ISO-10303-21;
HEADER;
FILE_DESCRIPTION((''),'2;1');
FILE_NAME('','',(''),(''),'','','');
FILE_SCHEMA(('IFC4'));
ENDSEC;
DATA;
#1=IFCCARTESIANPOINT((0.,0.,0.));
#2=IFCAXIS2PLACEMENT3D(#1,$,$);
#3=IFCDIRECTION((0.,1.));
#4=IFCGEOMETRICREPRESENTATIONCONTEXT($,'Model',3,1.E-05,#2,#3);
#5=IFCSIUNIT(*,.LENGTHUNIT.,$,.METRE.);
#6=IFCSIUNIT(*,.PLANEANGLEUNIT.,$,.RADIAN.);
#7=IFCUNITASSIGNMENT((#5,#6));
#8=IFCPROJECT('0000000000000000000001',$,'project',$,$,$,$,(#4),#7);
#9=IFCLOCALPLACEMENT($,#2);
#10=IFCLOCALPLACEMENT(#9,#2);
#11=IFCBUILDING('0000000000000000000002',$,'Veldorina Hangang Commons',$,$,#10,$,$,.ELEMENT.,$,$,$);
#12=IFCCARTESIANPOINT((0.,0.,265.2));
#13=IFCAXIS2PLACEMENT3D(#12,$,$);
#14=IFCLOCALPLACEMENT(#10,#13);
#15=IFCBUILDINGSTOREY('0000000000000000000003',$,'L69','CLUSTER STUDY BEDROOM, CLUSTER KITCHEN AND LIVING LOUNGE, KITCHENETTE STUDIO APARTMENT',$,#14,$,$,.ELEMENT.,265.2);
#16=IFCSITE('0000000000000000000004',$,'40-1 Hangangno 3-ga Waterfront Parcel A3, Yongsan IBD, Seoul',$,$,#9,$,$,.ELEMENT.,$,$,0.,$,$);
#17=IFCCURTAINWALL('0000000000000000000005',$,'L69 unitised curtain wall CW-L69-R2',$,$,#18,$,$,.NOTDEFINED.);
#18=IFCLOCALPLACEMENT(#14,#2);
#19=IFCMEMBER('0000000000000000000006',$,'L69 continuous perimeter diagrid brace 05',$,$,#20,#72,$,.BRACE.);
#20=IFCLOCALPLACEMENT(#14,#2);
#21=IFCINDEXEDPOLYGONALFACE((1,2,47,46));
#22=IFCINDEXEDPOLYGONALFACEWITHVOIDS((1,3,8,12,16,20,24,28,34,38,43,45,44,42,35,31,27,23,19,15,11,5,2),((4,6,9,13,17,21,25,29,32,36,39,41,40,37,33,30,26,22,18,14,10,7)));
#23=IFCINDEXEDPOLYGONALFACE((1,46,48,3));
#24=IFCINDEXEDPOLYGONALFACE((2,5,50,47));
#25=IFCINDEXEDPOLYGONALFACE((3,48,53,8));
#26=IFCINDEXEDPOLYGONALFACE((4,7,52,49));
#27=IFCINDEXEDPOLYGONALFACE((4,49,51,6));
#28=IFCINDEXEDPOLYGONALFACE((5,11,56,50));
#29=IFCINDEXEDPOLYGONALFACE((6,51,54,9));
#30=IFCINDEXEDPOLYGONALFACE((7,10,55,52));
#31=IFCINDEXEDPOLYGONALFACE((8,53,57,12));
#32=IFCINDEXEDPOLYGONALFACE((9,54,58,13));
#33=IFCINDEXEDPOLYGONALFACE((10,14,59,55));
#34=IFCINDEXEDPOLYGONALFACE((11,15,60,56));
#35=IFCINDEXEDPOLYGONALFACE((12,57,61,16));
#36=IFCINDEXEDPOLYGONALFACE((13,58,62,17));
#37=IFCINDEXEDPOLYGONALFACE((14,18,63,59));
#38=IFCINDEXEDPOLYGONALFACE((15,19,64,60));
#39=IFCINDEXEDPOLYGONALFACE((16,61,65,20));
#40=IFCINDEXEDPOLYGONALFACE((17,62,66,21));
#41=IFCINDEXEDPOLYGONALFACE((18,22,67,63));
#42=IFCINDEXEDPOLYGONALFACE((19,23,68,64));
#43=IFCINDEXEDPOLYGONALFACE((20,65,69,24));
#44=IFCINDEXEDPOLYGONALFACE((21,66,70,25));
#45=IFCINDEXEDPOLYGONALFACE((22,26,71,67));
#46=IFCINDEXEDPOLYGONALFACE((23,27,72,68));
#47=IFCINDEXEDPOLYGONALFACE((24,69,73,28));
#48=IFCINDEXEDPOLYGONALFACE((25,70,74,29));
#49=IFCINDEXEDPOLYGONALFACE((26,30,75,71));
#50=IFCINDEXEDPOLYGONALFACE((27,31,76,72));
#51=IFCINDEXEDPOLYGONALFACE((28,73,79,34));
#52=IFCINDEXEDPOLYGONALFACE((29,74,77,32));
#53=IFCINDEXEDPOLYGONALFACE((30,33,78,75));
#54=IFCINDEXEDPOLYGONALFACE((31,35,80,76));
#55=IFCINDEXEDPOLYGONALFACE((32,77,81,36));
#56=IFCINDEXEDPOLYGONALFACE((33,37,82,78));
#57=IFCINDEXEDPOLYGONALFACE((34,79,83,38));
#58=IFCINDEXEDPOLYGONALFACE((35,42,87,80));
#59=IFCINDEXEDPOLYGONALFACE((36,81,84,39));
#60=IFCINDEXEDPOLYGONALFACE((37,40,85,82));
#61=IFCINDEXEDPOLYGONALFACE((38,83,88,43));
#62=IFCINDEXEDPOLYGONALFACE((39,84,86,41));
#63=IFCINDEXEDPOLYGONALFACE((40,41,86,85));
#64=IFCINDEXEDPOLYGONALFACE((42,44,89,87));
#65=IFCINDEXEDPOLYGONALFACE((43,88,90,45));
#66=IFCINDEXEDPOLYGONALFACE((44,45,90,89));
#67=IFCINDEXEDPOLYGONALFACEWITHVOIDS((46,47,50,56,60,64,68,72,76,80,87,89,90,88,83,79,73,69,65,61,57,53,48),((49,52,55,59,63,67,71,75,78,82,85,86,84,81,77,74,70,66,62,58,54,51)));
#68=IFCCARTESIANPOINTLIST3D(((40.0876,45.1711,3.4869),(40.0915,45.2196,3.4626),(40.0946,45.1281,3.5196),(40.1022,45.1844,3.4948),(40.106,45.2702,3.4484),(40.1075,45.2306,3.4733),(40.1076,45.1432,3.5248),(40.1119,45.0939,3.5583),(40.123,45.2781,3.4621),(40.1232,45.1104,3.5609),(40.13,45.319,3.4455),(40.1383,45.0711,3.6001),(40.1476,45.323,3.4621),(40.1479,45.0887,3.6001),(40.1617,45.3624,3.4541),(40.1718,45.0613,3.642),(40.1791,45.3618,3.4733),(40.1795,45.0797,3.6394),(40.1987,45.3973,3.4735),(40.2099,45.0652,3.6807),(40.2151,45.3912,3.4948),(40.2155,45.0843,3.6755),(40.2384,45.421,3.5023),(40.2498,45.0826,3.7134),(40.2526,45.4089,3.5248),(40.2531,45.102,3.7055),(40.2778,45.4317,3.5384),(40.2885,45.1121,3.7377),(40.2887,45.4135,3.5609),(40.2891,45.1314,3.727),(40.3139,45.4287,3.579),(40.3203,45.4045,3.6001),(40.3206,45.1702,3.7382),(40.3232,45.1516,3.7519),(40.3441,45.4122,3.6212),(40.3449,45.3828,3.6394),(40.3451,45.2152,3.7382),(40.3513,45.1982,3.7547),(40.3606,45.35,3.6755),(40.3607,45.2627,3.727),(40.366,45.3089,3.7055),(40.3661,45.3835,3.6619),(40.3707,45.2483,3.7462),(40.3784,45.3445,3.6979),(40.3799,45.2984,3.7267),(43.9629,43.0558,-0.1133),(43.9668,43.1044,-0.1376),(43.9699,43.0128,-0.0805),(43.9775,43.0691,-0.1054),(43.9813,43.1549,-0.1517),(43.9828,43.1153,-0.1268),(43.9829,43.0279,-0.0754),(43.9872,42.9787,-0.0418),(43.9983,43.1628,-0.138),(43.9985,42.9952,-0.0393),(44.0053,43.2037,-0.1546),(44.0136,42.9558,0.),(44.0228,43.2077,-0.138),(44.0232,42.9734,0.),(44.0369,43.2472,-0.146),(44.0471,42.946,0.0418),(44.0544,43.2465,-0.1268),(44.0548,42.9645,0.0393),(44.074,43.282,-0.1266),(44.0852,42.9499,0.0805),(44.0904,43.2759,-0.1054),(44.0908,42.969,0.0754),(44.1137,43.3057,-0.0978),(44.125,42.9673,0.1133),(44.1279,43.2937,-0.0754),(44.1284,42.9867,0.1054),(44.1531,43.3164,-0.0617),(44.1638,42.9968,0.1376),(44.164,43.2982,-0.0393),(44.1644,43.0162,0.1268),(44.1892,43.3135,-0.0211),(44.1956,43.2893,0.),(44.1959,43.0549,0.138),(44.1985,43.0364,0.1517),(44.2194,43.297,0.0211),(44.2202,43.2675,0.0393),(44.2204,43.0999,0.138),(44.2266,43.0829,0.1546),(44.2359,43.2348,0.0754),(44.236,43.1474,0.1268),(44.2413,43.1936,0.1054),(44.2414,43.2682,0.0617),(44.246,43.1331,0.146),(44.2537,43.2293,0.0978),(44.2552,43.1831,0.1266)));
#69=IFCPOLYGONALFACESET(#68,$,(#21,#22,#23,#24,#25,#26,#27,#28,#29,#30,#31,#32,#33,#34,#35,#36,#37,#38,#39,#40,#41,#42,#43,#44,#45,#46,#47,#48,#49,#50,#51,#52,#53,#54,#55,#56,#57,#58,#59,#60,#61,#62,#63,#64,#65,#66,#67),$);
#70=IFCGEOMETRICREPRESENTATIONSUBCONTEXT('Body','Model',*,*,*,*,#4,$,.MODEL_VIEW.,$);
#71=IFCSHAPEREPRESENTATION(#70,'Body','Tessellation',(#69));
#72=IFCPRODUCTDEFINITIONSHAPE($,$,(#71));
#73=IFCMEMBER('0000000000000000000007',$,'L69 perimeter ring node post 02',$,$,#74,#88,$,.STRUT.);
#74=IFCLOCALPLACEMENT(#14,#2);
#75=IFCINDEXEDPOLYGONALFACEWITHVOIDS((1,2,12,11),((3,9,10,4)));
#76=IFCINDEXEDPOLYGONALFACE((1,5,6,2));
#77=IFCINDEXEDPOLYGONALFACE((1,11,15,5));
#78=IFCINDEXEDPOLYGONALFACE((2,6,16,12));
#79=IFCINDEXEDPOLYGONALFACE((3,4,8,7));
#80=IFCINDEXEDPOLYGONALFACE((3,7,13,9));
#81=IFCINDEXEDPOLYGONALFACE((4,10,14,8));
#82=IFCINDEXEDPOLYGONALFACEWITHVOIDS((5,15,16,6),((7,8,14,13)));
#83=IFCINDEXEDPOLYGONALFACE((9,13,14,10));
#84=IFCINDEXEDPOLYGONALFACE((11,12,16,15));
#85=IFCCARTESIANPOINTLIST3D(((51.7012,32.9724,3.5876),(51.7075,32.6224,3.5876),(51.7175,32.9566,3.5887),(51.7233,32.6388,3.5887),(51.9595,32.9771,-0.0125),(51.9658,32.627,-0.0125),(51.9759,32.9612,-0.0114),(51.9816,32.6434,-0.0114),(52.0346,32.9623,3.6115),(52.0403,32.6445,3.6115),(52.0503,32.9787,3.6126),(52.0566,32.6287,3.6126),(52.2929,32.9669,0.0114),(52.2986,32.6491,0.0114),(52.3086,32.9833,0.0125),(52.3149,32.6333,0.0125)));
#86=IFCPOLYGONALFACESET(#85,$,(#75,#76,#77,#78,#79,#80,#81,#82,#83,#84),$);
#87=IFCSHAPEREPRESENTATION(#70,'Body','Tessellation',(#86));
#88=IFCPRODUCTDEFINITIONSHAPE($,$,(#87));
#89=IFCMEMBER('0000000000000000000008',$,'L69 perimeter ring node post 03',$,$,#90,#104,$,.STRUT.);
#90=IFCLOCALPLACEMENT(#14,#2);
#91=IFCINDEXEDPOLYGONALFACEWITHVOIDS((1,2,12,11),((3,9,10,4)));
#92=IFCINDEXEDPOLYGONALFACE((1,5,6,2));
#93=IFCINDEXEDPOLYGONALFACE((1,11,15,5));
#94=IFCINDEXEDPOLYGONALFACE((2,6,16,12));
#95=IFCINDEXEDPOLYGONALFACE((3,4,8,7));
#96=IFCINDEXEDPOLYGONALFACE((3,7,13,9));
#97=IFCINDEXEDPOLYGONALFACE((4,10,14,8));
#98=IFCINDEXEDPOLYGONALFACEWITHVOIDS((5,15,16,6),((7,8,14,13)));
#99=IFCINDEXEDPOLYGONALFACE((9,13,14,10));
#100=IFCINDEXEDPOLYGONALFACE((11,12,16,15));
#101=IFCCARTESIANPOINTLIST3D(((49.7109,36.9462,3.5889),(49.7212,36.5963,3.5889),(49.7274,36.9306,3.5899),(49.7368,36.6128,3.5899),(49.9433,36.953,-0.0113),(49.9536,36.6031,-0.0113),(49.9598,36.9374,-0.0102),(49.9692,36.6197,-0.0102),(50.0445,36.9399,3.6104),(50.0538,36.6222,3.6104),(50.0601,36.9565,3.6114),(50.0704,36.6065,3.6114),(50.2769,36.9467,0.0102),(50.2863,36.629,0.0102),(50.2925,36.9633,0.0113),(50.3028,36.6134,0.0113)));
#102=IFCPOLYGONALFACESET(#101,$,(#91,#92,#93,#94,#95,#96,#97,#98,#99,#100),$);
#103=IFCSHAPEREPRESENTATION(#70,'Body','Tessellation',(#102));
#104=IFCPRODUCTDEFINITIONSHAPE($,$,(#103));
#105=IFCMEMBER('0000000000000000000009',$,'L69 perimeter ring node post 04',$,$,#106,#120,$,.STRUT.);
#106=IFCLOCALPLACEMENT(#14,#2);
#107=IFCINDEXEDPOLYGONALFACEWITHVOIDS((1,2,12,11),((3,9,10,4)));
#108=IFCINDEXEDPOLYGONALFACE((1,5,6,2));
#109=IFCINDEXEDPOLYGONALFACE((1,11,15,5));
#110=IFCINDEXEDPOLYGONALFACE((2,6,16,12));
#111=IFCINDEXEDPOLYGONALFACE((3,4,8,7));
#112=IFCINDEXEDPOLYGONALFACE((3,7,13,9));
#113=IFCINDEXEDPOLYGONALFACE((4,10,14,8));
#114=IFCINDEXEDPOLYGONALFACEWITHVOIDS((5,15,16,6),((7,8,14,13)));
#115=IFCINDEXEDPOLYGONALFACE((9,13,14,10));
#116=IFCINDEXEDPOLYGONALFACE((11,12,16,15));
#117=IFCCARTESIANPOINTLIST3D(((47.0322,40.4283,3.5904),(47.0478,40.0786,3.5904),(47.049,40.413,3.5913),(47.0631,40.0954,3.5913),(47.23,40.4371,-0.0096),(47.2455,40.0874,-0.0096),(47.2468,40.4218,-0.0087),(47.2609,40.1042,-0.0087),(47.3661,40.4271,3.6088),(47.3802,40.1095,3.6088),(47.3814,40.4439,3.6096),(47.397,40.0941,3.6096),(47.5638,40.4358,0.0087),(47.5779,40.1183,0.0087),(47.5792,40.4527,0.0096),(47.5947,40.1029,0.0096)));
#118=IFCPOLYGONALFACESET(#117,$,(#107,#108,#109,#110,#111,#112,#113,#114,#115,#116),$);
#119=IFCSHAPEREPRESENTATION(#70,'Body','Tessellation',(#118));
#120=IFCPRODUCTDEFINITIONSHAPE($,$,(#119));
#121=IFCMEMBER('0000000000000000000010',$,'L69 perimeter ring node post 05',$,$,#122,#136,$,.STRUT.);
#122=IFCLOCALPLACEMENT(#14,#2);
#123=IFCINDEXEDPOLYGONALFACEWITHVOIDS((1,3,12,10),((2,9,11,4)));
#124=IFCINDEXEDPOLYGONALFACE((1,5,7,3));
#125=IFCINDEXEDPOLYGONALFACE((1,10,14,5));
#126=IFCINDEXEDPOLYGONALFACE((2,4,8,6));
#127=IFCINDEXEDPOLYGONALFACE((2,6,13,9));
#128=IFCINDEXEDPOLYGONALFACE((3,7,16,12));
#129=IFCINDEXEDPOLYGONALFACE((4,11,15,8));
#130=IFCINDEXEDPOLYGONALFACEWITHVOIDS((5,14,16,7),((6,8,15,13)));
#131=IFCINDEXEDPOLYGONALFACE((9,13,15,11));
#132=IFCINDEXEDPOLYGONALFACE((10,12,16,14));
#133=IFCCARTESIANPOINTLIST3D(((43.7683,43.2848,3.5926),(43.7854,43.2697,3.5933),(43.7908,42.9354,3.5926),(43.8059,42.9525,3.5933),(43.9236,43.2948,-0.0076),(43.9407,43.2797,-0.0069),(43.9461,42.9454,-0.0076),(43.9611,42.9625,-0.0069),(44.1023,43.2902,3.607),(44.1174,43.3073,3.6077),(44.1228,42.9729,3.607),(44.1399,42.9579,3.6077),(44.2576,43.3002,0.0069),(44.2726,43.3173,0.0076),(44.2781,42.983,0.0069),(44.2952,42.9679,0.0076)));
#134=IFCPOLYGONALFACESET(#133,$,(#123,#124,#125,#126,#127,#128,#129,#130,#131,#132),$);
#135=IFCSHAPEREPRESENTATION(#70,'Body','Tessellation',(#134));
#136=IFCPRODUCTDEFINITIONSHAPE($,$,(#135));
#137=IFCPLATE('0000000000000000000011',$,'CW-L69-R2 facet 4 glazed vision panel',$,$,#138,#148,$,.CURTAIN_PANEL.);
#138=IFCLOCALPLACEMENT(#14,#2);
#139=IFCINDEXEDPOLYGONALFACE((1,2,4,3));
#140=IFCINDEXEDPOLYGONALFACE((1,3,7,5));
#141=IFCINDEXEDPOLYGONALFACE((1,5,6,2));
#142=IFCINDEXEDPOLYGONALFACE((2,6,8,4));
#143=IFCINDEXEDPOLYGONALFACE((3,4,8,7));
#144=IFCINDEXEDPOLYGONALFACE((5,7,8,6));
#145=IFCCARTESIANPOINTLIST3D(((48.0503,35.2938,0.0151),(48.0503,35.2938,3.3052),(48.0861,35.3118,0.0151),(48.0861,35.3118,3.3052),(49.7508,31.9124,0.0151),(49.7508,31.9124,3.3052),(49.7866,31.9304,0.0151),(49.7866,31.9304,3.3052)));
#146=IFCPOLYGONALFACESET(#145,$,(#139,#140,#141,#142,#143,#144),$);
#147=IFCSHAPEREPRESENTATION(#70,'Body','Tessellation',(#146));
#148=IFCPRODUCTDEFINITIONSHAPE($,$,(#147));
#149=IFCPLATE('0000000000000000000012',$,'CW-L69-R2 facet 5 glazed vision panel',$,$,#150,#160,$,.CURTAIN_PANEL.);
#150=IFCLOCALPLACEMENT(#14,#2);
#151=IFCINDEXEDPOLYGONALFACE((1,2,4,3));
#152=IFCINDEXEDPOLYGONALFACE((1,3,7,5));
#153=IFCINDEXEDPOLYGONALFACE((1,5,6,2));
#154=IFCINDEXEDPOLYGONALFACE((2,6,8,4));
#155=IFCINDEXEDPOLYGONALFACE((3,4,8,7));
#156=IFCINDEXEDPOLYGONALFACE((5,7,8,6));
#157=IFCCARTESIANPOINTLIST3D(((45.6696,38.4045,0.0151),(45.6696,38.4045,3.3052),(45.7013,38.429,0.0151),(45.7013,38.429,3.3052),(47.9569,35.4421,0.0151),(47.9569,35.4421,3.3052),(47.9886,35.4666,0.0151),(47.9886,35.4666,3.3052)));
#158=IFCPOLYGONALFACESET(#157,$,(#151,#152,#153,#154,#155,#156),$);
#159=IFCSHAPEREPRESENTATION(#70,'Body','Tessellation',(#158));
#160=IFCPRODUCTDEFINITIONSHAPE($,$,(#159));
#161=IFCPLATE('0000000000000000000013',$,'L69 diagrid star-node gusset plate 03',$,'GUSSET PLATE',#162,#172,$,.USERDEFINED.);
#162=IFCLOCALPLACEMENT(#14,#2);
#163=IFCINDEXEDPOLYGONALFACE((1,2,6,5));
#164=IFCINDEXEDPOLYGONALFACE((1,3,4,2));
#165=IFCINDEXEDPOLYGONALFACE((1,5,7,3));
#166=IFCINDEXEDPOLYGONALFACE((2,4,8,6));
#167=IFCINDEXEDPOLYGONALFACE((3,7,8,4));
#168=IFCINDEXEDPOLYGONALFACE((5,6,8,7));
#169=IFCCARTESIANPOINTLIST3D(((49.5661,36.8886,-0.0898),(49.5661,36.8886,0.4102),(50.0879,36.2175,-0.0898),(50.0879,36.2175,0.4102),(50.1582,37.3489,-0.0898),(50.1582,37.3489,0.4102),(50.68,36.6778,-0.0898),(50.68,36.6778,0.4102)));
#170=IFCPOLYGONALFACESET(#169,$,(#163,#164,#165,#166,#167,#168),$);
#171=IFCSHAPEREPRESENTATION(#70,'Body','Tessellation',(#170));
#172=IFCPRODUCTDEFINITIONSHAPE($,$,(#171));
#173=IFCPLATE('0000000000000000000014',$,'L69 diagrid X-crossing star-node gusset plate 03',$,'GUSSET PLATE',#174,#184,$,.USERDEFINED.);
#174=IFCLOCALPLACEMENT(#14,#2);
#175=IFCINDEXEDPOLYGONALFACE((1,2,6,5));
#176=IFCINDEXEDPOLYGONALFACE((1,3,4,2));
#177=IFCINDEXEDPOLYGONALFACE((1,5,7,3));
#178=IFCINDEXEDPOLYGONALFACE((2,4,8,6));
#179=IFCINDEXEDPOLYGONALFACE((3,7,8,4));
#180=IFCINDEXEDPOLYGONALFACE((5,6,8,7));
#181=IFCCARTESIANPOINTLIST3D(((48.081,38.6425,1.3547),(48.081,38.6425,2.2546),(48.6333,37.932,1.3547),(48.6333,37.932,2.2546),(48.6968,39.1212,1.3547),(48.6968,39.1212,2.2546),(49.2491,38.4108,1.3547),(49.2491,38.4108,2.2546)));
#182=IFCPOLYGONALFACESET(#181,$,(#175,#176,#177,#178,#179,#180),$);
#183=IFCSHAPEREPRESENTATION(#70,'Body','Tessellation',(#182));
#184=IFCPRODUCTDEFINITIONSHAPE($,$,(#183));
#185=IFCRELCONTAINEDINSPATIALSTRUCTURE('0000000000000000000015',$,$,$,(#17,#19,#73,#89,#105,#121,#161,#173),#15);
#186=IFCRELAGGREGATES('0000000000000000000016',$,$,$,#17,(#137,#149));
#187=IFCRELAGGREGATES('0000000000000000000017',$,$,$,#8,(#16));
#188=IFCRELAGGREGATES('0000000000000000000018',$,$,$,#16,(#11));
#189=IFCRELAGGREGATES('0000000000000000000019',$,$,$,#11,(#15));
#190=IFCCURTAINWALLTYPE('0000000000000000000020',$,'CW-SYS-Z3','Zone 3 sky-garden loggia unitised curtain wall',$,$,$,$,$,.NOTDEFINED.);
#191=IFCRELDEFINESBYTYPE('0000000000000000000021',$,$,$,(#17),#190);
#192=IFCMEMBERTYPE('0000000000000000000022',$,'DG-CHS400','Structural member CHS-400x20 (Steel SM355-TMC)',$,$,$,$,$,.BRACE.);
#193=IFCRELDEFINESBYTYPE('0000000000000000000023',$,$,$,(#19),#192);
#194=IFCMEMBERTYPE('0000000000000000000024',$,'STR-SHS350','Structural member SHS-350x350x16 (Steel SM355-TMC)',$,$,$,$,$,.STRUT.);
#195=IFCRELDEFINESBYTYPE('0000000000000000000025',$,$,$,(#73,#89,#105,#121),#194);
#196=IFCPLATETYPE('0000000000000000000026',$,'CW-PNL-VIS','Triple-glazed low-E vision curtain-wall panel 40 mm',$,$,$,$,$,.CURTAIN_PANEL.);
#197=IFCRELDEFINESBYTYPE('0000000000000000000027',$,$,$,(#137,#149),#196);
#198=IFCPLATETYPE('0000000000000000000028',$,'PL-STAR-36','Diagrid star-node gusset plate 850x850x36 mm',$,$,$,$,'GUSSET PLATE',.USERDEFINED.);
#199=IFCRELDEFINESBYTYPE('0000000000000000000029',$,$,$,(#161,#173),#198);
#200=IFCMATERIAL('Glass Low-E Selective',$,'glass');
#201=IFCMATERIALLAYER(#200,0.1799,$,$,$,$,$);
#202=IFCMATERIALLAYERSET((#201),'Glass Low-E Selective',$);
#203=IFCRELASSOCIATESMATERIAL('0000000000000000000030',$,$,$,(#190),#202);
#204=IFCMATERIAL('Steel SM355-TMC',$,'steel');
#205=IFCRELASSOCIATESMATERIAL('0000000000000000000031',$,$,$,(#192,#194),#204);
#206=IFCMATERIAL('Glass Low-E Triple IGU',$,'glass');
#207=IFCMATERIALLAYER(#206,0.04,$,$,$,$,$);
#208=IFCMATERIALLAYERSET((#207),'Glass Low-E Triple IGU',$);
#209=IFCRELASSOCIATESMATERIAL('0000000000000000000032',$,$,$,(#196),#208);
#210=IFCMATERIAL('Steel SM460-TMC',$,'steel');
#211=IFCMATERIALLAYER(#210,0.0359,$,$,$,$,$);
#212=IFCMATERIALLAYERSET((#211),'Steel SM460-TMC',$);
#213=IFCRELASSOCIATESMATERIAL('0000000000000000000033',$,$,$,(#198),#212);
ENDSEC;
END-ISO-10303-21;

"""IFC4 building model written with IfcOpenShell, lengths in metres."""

from ifc_helpers import new_model, si_unit, direction, frame, origin, origin_2d, place, context, subcontext, project, spatial, rectangle, hollow_rectangle, hollow_circle, extrude, material, layer, layer_set, material_profile, profile_set, type_object, element, aggregate, save


model = new_model("IFC4")

# Units and contexts
model_context = context("Model", 3, precision=1e-05, world=origin(), true_north=direction((0.0, 1.0)))
body_context = subcontext(model_context, "Body", "Model", "MODEL_VIEW")
ifc_project = project(units=[si_unit("LENGTHUNIT", "METRE"), si_unit("PLANEANGLEUNIT", "RADIAN")], contexts=[model_context])

# Site, building, storey
site_placement = place(None, origin())
site = spatial("IfcSite", under=ifc_project, at=site_placement, Name="40-1 Hangangno 3-ga Waterfront Parcel A3, Yongsan IBD, Seoul", CompositionType="ELEMENT", RefElevation=0.0)
building_placement = place(site_placement, origin())
building = spatial("IfcBuilding", under=site, at=building_placement, Name="Veldorina Hangang Commons", CompositionType="ELEMENT")
storey_placement = place(building_placement, frame((0.0, 0.0, 265.2)))
storey = spatial("IfcBuildingStorey", under=building, at=storey_placement, Name="L69", Description="CLUSTER STUDY BEDROOM, CLUSTER KITCHEN AND LIVING LOUNGE, KITCHENETTE STUDIO APARTMENT", CompositionType="ELEMENT", Elevation=265.2)

# Shared definitions
ifc_material_1 = material(Name="Steel SM355-TMC", Category="steel")

# Curtain wall
ifc_material_2 = material(Name="Glass Low-E Selective", Category="glass")
ifc_layer_1 = layer(ifc_material_2, 0.1799)
ifc_layer_set_1 = layer_set([ifc_layer_1], Name="Glass Low-E Selective")
curtain_wall_type = type_object("IfcCurtainWallType", Name="CW-SYS-Z3", Description="Zone 3 sky-garden loggia unitised curtain wall", PredefinedType="NOTDEFINED", material=ifc_layer_set_1)
curtain_wall_placement = place(storey_placement, origin())
curtain_wall = element("IfcCurtainWall", 1, at=curtain_wall_placement, inside=storey, type_object=curtain_wall_type, Name="L69 unitised curtain wall CW-L69-R2", PredefinedType="NOTDEFINED")

# Members
ifc_material_profile_1 = material_profile(ifc_material_1, hollow_circle(Radius=0.2, WallThickness=0.02, at=origin_2d()), Name="CHS-400x20")
ifc_profile_set_1 = profile_set([ifc_material_profile_1], Name="Steel SM355-TMC")
member_type_1 = type_object("IfcMemberType", Name="DG-CHS400", Description="Structural member CHS-400x20 (Steel SM355-TMC)", PredefinedType="BRACE", material=ifc_profile_set_1)
member_1_placement = place(storey_placement, frame((44.1094, 43.1313, 0.0), z_axis=(-0.680261, 0.371308, 0.631962), x_axis=(-0.479108, -0.877756, 0.0)))
element("IfcMember", 2, at=member_1_placement, inside=storey, type_object=member_type_1, Name="L69 continuous perimeter diagrid brace 05", PredefinedType="BRACE", context=body_context, shape_type="SweptSolid", body=[
    extrude(hollow_circle(Radius=0.2, WallThickness=0.02, at=origin_2d()), origin(), (0.0, 0.0, 1.0), 5.6968),
])
ifc_material_profile_2 = material_profile(ifc_material_1, hollow_rectangle(XDim=0.3501, YDim=0.3501, WallThickness=0.0161, at=origin_2d()), Name="SHS-350x350x16")
ifc_profile_set_2 = profile_set([ifc_material_profile_2], Name="Steel SM355-TMC")
member_type_2 = type_object("IfcMemberType", Name="STR-SHS350", Description="Structural member SHS-350x350x16 (Steel SM355-TMC)", PredefinedType="STRUT", material=ifc_profile_set_2)
member_2_placement = place(storey_placement, frame((52.1372, 32.8052, 0.0), z_axis=(-0.071564, -0.001285, 0.997435), x_axis=(0.017956, -0.999839, 0.0)))
element("IfcMember", 3, at=member_2_placement, inside=storey, type_object=member_type_2, Name="L69 perimeter ring node post 02", PredefinedType="STRUT", context=body_context, shape_type="SweptSolid", body=[
    extrude(hollow_rectangle(XDim=0.3501, YDim=0.3501, WallThickness=0.0161, at=origin_2d()), origin(), (0.0, 0.0, 1.0), 3.6094),
])
member_3_placement = place(storey_placement, frame((50.123, 36.7832, 0.0), z_axis=(-0.064426, -0.001895, 0.997921), x_axis=(0.029399, -0.999568, 0.0)))
element("IfcMember", 4, at=member_3_placement, inside=storey, type_object=member_type_2, Name="L69 perimeter ring node post 03", PredefinedType="STRUT", context=body_context, shape_type="SweptSolid", body=[
    extrude(hollow_rectangle(XDim=0.3501, YDim=0.3501, WallThickness=0.0161, at=origin_2d()), origin(), (0.0, 0.0, 1.0), 3.6077),
])
member_4_placement = place(storey_placement, frame((47.4124, 40.27, 0.0), z_axis=(-0.054847, -0.002438, 0.998492), x_axis=(0.044401, -0.999014, 0.0)))
element("IfcMember", 5, at=member_4_placement, inside=storey, type_object=member_type_2, Name="L69 perimeter ring node post 04", PredefinedType="STRUT", context=body_context, shape_type="SweptSolid", body=[
    extrude(hollow_rectangle(XDim=0.3501, YDim=0.3501, WallThickness=0.0161, at=origin_2d()), origin(), (0.0, 0.0, 1.0), 3.6055),
])
member_5_placement = place(storey_placement, frame((44.1094, 43.1313, 0.0), z_axis=(-0.04309, -0.002778, 0.999067), x_axis=(0.064332, -0.997929, 0.0)))
element("IfcMember", 6, at=member_5_placement, inside=storey, type_object=member_type_2, Name="L69 perimeter ring node post 05", PredefinedType="STRUT", context=body_context, shape_type="SweptSolid", body=[
    extrude(hollow_rectangle(XDim=0.3501, YDim=0.3501, WallThickness=0.0161, at=origin_2d()), origin(), (0.0, 0.0, 1.0), 3.6035),
])

# Plates
ifc_material_3 = material(Name="Glass Low-E Triple IGU", Category="glass")
ifc_layer_2 = layer(ifc_material_3, 0.04)
ifc_layer_set_2 = layer_set([ifc_layer_2], Name="Glass Low-E Triple IGU")
plate_type_1 = type_object("IfcPlateType", Name="CW-PNL-VIS", Description="Triple-glazed low-E vision curtain-wall panel 40 mm", PredefinedType="CURTAIN_PANEL", material=ifc_layer_set_2)
plate_1_placement = place(storey_placement, frame((48.9185, 33.6121, 0.0151), z_axis=(0.0, 0.0, 1.0), x_axis=(-0.449288, 0.893387, 0.0)))
plate_1 = element("IfcPlate", 7, at=plate_1_placement, type_object=plate_type_1, Name="CW-L69-R2 facet 4 glazed vision panel", PredefinedType="CURTAIN_PANEL", context=body_context, shape_type="SweptSolid", body=[
    extrude(rectangle(XDim=3.7849, YDim=0.04, at=origin_2d()), origin(), (0.0, 0.0, 1.0), 3.29),
])
plate_2_placement = place(storey_placement, frame((46.8291, 36.9355, 0.0151), z_axis=(0.0, 0.0, 1.0), x_axis=(-0.611126, 0.791533, 0.0)))
plate_2 = element("IfcPlate", 8, at=plate_2_placement, type_object=plate_type_1, Name="CW-L69-R2 facet 5 glazed vision panel", PredefinedType="CURTAIN_PANEL", context=body_context, shape_type="SweptSolid", body=[
    extrude(rectangle(XDim=3.7427, YDim=0.04, at=origin_2d()), origin(), (0.0, 0.0, 1.0), 3.29),
])
aggregate(curtain_wall, [plate_1, plate_2])

# Plates
ifc_material_4 = material(Name="Steel SM460-TMC", Category="steel")
ifc_layer_3 = layer(ifc_material_4, 0.0359)
ifc_layer_set_3 = layer_set([ifc_layer_3], Name="Steel SM460-TMC")
plate_type_2 = type_object("IfcPlateType", Name="PL-STAR-36", Description="Diagrid star-node gusset plate 850x850x36 mm", ElementType="GUSSET PLATE", PredefinedType="USERDEFINED", material=ifc_layer_set_3)
plate_3_placement = place(storey_placement, frame((50.123, 36.7832, -0.0898), z_axis=(0.0, 0.0, 1.0), x_axis=(-0.613762, 0.789491, 0.0)))
element("IfcPlate", 9, at=plate_3_placement, inside=storey, type_object=plate_type_2, Name="L69 diagrid star-node gusset plate 03", ObjectType="GUSSET PLATE", PredefinedType="USERDEFINED", context=body_context, shape_type="SweptSolid", body=[
    extrude(rectangle(XDim=0.8501, YDim=0.75, at=origin_2d()), origin(), (0.0, 0.0, 1.0), 0.5),
])
plate_4_placement = place(storey_placement, frame((48.665, 38.5266, 1.3547), z_axis=(0.0, 0.0, 1.0), x_axis=(-0.613762, 0.789491, 0.0)))
element("IfcPlate", 10, at=plate_4_placement, inside=storey, type_object=plate_type_2, Name="L69 diagrid X-crossing star-node gusset plate 03", ObjectType="GUSSET PLATE", PredefinedType="USERDEFINED", context=body_context, shape_type="SweptSolid", body=[
    extrude(rectangle(XDim=0.8999, YDim=0.78, at=origin_2d()), origin(), (0.0, 0.0, 1.0), 0.8999),
])

save(model, "model.ifc")
